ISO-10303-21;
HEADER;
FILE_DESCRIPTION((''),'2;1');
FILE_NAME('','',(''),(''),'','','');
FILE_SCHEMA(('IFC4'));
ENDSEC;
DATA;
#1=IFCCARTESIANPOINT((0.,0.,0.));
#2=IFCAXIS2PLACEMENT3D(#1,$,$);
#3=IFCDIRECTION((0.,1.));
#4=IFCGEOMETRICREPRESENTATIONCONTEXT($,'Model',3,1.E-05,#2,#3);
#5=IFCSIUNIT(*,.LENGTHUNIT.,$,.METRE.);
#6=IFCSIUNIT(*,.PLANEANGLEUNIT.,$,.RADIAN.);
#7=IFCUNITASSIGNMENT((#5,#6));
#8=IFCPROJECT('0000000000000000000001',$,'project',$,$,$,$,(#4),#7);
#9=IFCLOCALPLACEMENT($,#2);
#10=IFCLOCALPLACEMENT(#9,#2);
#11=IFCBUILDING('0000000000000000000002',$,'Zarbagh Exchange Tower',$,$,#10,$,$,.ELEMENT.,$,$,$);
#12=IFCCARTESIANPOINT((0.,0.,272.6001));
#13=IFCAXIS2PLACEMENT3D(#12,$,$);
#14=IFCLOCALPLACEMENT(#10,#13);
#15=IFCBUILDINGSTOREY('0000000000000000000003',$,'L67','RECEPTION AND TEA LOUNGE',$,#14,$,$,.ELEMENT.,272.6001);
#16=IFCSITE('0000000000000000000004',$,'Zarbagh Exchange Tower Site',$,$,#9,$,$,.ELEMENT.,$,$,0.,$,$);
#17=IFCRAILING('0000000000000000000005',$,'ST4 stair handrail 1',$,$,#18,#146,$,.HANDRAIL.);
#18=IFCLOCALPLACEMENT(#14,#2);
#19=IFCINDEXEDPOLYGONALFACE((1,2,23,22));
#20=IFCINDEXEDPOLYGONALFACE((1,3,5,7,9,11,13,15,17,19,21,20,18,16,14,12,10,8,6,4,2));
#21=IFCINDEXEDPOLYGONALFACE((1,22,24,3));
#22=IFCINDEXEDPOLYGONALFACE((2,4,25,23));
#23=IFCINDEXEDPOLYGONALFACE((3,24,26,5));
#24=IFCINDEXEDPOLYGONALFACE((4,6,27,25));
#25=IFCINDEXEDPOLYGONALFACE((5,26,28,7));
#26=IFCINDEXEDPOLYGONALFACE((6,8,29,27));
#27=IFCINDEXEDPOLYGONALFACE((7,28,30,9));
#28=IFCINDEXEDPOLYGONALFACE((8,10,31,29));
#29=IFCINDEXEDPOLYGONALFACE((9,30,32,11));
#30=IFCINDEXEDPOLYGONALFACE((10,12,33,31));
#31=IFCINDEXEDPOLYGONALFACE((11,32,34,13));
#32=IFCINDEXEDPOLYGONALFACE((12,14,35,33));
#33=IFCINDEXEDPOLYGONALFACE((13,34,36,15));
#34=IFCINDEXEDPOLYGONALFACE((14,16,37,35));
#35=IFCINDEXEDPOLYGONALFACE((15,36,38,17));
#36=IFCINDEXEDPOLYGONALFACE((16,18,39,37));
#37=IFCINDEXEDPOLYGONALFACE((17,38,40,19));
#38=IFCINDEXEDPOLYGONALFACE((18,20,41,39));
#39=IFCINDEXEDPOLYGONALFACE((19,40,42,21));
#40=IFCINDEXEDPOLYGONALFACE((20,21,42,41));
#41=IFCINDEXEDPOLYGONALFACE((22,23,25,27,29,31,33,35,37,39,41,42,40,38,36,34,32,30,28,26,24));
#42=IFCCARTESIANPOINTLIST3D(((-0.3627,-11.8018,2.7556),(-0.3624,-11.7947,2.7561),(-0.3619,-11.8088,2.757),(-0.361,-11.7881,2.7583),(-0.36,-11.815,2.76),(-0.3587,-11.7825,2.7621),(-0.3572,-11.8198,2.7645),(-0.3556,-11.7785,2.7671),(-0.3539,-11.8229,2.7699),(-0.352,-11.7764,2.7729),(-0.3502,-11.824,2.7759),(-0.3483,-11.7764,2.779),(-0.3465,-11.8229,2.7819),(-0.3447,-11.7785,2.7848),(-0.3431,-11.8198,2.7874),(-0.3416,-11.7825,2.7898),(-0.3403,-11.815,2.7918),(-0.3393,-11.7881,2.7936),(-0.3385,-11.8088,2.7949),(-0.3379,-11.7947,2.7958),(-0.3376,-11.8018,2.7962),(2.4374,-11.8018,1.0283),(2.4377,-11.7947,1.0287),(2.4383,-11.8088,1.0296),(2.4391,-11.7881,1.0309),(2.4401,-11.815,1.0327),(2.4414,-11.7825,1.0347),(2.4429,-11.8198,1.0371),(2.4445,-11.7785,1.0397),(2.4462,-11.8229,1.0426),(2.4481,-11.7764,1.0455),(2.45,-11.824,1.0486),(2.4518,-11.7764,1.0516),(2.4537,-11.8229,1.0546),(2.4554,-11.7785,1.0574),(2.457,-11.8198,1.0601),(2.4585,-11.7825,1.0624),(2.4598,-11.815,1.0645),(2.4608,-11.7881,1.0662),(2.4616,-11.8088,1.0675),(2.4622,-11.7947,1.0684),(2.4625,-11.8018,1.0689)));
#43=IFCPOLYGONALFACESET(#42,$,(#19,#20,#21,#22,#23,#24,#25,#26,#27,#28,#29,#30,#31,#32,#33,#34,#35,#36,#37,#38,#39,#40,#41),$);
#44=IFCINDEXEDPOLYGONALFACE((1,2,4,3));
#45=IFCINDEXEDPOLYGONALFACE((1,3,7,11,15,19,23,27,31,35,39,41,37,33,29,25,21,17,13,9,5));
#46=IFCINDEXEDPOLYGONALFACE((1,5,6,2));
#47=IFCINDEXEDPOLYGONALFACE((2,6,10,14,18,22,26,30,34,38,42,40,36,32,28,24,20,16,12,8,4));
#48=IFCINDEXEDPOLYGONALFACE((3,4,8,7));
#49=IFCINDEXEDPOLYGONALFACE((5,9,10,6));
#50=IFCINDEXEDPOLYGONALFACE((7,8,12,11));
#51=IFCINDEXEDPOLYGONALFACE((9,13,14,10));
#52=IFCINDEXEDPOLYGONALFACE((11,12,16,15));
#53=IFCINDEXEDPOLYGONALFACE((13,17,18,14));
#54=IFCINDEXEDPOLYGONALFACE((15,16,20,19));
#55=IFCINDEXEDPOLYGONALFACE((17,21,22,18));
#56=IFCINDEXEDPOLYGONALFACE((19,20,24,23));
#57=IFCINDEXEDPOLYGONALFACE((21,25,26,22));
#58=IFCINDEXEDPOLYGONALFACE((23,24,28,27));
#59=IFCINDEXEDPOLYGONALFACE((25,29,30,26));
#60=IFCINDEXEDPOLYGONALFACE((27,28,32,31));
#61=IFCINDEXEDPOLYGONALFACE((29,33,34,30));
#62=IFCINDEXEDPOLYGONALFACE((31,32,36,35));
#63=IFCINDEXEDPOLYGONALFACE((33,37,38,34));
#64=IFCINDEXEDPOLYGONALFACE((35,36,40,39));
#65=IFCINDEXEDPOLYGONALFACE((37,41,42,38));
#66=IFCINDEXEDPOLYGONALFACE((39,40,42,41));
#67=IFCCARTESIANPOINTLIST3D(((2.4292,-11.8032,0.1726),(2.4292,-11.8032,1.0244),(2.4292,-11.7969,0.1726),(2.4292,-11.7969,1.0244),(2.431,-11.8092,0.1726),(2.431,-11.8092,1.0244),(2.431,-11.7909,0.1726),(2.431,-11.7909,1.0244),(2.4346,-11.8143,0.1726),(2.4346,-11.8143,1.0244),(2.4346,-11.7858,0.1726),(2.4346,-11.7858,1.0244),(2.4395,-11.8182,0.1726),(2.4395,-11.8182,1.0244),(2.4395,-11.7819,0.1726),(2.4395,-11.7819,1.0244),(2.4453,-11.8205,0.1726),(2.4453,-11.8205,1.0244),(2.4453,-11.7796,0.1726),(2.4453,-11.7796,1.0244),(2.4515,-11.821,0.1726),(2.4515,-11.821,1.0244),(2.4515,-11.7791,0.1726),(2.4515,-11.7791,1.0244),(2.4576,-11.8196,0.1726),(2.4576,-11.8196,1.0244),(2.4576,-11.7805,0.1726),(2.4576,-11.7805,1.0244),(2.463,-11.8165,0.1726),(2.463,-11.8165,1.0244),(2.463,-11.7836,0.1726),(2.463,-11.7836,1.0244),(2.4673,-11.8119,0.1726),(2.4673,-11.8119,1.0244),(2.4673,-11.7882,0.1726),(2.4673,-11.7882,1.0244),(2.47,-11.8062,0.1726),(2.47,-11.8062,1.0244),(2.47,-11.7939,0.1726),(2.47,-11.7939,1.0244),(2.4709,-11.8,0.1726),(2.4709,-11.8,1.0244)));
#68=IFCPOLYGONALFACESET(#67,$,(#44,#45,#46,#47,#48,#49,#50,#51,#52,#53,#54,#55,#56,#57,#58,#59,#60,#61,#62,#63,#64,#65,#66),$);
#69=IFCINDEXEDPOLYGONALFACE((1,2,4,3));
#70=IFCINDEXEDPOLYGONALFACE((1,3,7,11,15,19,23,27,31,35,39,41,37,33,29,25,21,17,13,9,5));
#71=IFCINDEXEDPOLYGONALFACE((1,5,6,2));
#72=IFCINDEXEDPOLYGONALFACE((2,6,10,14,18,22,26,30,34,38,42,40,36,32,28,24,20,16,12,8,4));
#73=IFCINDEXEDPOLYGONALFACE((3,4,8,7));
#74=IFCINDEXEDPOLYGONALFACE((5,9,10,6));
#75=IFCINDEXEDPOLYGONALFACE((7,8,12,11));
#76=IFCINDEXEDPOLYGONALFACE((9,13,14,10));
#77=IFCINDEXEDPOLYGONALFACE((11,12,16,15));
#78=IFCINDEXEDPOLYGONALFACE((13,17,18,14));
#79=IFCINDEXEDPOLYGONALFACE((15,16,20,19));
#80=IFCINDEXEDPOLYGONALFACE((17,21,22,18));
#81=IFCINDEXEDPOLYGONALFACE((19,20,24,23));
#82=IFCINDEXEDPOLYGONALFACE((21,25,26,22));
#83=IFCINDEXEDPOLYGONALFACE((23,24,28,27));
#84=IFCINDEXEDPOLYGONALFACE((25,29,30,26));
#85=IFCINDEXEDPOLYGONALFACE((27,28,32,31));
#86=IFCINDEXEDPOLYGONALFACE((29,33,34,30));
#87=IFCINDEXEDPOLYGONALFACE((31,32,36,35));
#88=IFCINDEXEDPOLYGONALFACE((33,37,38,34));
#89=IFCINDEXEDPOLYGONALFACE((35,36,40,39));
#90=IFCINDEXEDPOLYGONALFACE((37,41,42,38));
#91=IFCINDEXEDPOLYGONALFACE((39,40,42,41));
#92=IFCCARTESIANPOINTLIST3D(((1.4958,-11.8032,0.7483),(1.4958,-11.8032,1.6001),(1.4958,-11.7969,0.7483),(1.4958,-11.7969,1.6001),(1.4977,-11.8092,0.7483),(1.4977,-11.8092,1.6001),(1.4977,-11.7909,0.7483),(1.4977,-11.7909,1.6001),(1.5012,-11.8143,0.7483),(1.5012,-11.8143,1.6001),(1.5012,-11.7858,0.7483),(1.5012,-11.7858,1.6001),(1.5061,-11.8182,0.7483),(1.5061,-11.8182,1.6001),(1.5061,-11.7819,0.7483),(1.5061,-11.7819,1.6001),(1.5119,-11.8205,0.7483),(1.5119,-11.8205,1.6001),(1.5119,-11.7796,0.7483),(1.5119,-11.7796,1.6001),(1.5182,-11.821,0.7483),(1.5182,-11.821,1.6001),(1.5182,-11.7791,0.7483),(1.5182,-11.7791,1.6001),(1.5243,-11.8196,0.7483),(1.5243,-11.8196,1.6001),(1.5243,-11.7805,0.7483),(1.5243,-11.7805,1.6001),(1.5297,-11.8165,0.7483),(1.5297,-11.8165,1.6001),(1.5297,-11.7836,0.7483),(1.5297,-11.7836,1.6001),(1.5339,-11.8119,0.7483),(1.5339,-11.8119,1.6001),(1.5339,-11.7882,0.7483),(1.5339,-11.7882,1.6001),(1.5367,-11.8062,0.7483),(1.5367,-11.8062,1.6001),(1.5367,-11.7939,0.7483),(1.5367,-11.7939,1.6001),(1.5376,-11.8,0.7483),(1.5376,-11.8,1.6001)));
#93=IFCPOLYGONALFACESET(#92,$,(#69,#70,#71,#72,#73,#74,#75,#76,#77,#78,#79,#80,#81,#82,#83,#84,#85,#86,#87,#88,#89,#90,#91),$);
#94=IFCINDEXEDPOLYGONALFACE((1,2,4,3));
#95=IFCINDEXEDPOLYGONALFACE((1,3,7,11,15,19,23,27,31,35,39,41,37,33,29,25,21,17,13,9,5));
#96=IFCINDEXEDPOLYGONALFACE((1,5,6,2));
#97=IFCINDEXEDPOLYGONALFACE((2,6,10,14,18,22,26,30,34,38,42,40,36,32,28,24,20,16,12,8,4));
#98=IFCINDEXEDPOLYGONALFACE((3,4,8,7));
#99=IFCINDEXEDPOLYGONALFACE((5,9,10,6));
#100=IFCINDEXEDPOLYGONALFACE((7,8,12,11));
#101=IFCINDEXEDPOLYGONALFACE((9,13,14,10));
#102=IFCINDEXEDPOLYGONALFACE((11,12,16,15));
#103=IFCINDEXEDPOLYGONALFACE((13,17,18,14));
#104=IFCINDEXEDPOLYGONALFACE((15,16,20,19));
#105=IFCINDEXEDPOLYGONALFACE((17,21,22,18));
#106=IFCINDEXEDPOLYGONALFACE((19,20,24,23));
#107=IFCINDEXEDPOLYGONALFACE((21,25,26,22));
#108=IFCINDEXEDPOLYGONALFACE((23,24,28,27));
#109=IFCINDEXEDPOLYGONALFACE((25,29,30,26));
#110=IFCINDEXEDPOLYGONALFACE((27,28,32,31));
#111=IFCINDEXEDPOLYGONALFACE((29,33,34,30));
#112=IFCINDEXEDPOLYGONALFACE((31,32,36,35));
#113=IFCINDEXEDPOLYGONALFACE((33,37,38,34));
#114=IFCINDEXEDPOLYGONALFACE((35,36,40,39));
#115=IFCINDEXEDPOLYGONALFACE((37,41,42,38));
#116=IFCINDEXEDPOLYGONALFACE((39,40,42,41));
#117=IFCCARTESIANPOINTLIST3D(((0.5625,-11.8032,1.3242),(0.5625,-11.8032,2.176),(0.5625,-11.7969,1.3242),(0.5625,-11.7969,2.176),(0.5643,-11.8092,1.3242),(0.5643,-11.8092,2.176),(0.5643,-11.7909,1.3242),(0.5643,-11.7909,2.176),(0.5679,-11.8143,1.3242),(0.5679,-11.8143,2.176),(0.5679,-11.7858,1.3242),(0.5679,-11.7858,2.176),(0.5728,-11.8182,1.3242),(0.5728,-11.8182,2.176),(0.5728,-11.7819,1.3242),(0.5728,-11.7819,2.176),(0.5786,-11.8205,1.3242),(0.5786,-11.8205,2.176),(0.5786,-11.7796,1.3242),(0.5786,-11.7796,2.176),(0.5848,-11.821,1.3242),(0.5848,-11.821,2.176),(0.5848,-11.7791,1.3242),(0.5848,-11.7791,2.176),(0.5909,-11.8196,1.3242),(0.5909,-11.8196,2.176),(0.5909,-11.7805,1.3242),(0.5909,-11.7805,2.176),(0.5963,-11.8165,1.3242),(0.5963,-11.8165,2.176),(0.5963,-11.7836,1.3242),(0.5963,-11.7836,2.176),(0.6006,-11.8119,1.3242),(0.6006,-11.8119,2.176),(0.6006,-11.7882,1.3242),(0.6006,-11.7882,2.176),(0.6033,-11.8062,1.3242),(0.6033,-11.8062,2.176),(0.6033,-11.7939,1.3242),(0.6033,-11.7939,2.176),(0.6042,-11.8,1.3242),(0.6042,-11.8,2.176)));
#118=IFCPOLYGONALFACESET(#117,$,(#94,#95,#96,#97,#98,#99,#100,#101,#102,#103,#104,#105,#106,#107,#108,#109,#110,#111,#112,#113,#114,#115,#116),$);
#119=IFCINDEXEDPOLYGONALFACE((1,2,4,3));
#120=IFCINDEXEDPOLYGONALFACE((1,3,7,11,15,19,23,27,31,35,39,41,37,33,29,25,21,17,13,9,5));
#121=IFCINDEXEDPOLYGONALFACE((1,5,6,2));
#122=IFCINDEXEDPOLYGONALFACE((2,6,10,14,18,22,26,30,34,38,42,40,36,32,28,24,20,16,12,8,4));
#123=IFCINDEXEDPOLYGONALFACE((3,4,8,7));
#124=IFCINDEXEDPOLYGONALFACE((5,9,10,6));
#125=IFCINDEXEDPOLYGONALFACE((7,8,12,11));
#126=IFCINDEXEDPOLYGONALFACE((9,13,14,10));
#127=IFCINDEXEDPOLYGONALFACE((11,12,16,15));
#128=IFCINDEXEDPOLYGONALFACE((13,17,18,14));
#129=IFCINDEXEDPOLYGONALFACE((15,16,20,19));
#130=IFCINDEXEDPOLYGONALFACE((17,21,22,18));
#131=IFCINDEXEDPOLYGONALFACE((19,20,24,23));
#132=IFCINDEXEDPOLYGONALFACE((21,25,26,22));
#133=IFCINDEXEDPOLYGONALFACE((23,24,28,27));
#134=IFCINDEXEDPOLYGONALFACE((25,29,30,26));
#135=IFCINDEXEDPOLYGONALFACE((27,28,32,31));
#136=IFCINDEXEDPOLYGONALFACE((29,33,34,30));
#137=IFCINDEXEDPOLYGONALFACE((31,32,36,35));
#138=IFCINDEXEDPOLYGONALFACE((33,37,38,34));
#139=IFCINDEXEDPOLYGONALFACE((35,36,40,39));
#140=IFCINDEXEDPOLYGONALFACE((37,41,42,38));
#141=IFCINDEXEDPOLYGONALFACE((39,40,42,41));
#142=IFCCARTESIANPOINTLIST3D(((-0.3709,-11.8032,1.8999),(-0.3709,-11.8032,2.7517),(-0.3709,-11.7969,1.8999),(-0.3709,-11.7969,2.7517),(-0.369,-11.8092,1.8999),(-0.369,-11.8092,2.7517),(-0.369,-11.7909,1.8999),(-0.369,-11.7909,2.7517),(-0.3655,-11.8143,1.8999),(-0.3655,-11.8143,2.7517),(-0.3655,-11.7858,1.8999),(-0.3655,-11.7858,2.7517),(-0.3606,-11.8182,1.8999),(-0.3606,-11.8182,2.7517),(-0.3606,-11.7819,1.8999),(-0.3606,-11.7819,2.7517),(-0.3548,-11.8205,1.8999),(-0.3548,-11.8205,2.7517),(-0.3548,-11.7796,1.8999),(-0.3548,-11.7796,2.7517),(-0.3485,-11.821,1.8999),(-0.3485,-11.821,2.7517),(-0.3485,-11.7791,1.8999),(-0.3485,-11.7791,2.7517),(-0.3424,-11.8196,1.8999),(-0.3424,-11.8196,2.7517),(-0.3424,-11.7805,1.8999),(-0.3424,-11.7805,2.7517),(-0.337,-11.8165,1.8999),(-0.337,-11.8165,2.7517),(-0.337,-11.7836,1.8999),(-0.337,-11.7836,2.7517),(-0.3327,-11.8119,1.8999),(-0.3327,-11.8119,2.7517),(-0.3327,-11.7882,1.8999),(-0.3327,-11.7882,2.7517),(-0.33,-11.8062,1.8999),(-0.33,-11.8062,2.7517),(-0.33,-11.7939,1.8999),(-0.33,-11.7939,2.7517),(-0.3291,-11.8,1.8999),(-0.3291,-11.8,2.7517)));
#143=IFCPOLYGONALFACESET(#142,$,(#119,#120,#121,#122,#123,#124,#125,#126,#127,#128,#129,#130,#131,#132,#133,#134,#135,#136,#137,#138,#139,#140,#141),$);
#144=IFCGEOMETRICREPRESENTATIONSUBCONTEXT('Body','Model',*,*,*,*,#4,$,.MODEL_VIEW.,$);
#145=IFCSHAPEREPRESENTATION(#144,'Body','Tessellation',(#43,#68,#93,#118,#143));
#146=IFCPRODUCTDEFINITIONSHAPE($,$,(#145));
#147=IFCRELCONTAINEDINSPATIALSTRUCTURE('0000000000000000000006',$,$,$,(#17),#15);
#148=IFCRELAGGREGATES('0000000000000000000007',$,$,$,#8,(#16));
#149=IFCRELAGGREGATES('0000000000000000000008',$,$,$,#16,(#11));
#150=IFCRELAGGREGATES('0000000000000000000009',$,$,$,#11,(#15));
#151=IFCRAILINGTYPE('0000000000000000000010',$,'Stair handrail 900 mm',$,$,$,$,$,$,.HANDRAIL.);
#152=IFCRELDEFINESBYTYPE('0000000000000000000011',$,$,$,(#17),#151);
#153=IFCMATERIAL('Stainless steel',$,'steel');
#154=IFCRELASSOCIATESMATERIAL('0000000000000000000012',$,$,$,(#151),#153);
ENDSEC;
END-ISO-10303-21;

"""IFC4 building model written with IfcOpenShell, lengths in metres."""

from ifc_helpers import new_model, si_unit, direction, frame, origin, origin_2d, place, context, subcontext, project, spatial, circle, extrude, material, type_object, element, save


model = new_model("IFC4")

# Units and contexts
model_context = context("Model", 3, precision=1e-05, world=origin(), true_north=direction((0.0, 1.0)))
body_context = subcontext(model_context, "Body", "Model", "MODEL_VIEW")
ifc_project = project(units=[si_unit("LENGTHUNIT", "METRE"), si_unit("PLANEANGLEUNIT", "RADIAN")], contexts=[model_context])

# Site, building, storey
site_placement = place(None, origin())
site = spatial("IfcSite", under=ifc_project, at=site_placement, Name="Zarbagh Exchange Tower Site", CompositionType="ELEMENT", RefElevation=0.0)
building_placement = place(site_placement, origin())
building = spatial("IfcBuilding", under=site, at=building_placement, Name="Zarbagh Exchange Tower", CompositionType="ELEMENT")
storey_placement = place(building_placement, frame((0.0, 0.0, 272.6001)))
storey = spatial("IfcBuildingStorey", under=building, at=storey_placement, Name="L67", Description="RECEPTION AND TEA LOUNGE", CompositionType="ELEMENT", Elevation=272.6001)

# Railing
ifc_material_1 = material(Name="Stainless steel", Category="steel")
railing_type = type_object("IfcRailingType", Name="Stair handrail 900 mm", PredefinedType="HANDRAIL", material=ifc_material_1)
railing_placement = place(storey_placement, frame((2.45, -11.8, 0.1726)))
element("IfcRailing", 1, at=railing_placement, inside=storey, type_object=railing_type, Name="ST4 stair handrail 1", PredefinedType="HANDRAIL", context=body_context, shape_type="SweptSolid", body=[
    extrude(circle(Radius=0.0239, at=origin_2d()), frame((0.0, 0.0, 0.876), z_axis=(-0.85109, 0.0, 0.52502), x_axis=(0.0, -1.0, 0.0)), (0.0, 0.0, 1.0), 3.29),
    extrude(circle(Radius=0.021, at=origin_2d()), origin(), (0.0, 0.0, 1.0), 0.8518),
    extrude(circle(Radius=0.021, at=origin_2d()), frame((-0.9333, 0.0, 0.5757)), (0.0, 0.0, 1.0), 0.8518),
    extrude(circle(Radius=0.021, at=origin_2d()), frame((-1.8667, 0.0, 1.1516)), (0.0, 0.0, 1.0), 0.8518),
    extrude(circle(Radius=0.021, at=origin_2d()), frame((-2.8, 0.0, 1.7273)), (0.0, 0.0, 1.0), 0.8518),
])

save(model, "model.ifc")
